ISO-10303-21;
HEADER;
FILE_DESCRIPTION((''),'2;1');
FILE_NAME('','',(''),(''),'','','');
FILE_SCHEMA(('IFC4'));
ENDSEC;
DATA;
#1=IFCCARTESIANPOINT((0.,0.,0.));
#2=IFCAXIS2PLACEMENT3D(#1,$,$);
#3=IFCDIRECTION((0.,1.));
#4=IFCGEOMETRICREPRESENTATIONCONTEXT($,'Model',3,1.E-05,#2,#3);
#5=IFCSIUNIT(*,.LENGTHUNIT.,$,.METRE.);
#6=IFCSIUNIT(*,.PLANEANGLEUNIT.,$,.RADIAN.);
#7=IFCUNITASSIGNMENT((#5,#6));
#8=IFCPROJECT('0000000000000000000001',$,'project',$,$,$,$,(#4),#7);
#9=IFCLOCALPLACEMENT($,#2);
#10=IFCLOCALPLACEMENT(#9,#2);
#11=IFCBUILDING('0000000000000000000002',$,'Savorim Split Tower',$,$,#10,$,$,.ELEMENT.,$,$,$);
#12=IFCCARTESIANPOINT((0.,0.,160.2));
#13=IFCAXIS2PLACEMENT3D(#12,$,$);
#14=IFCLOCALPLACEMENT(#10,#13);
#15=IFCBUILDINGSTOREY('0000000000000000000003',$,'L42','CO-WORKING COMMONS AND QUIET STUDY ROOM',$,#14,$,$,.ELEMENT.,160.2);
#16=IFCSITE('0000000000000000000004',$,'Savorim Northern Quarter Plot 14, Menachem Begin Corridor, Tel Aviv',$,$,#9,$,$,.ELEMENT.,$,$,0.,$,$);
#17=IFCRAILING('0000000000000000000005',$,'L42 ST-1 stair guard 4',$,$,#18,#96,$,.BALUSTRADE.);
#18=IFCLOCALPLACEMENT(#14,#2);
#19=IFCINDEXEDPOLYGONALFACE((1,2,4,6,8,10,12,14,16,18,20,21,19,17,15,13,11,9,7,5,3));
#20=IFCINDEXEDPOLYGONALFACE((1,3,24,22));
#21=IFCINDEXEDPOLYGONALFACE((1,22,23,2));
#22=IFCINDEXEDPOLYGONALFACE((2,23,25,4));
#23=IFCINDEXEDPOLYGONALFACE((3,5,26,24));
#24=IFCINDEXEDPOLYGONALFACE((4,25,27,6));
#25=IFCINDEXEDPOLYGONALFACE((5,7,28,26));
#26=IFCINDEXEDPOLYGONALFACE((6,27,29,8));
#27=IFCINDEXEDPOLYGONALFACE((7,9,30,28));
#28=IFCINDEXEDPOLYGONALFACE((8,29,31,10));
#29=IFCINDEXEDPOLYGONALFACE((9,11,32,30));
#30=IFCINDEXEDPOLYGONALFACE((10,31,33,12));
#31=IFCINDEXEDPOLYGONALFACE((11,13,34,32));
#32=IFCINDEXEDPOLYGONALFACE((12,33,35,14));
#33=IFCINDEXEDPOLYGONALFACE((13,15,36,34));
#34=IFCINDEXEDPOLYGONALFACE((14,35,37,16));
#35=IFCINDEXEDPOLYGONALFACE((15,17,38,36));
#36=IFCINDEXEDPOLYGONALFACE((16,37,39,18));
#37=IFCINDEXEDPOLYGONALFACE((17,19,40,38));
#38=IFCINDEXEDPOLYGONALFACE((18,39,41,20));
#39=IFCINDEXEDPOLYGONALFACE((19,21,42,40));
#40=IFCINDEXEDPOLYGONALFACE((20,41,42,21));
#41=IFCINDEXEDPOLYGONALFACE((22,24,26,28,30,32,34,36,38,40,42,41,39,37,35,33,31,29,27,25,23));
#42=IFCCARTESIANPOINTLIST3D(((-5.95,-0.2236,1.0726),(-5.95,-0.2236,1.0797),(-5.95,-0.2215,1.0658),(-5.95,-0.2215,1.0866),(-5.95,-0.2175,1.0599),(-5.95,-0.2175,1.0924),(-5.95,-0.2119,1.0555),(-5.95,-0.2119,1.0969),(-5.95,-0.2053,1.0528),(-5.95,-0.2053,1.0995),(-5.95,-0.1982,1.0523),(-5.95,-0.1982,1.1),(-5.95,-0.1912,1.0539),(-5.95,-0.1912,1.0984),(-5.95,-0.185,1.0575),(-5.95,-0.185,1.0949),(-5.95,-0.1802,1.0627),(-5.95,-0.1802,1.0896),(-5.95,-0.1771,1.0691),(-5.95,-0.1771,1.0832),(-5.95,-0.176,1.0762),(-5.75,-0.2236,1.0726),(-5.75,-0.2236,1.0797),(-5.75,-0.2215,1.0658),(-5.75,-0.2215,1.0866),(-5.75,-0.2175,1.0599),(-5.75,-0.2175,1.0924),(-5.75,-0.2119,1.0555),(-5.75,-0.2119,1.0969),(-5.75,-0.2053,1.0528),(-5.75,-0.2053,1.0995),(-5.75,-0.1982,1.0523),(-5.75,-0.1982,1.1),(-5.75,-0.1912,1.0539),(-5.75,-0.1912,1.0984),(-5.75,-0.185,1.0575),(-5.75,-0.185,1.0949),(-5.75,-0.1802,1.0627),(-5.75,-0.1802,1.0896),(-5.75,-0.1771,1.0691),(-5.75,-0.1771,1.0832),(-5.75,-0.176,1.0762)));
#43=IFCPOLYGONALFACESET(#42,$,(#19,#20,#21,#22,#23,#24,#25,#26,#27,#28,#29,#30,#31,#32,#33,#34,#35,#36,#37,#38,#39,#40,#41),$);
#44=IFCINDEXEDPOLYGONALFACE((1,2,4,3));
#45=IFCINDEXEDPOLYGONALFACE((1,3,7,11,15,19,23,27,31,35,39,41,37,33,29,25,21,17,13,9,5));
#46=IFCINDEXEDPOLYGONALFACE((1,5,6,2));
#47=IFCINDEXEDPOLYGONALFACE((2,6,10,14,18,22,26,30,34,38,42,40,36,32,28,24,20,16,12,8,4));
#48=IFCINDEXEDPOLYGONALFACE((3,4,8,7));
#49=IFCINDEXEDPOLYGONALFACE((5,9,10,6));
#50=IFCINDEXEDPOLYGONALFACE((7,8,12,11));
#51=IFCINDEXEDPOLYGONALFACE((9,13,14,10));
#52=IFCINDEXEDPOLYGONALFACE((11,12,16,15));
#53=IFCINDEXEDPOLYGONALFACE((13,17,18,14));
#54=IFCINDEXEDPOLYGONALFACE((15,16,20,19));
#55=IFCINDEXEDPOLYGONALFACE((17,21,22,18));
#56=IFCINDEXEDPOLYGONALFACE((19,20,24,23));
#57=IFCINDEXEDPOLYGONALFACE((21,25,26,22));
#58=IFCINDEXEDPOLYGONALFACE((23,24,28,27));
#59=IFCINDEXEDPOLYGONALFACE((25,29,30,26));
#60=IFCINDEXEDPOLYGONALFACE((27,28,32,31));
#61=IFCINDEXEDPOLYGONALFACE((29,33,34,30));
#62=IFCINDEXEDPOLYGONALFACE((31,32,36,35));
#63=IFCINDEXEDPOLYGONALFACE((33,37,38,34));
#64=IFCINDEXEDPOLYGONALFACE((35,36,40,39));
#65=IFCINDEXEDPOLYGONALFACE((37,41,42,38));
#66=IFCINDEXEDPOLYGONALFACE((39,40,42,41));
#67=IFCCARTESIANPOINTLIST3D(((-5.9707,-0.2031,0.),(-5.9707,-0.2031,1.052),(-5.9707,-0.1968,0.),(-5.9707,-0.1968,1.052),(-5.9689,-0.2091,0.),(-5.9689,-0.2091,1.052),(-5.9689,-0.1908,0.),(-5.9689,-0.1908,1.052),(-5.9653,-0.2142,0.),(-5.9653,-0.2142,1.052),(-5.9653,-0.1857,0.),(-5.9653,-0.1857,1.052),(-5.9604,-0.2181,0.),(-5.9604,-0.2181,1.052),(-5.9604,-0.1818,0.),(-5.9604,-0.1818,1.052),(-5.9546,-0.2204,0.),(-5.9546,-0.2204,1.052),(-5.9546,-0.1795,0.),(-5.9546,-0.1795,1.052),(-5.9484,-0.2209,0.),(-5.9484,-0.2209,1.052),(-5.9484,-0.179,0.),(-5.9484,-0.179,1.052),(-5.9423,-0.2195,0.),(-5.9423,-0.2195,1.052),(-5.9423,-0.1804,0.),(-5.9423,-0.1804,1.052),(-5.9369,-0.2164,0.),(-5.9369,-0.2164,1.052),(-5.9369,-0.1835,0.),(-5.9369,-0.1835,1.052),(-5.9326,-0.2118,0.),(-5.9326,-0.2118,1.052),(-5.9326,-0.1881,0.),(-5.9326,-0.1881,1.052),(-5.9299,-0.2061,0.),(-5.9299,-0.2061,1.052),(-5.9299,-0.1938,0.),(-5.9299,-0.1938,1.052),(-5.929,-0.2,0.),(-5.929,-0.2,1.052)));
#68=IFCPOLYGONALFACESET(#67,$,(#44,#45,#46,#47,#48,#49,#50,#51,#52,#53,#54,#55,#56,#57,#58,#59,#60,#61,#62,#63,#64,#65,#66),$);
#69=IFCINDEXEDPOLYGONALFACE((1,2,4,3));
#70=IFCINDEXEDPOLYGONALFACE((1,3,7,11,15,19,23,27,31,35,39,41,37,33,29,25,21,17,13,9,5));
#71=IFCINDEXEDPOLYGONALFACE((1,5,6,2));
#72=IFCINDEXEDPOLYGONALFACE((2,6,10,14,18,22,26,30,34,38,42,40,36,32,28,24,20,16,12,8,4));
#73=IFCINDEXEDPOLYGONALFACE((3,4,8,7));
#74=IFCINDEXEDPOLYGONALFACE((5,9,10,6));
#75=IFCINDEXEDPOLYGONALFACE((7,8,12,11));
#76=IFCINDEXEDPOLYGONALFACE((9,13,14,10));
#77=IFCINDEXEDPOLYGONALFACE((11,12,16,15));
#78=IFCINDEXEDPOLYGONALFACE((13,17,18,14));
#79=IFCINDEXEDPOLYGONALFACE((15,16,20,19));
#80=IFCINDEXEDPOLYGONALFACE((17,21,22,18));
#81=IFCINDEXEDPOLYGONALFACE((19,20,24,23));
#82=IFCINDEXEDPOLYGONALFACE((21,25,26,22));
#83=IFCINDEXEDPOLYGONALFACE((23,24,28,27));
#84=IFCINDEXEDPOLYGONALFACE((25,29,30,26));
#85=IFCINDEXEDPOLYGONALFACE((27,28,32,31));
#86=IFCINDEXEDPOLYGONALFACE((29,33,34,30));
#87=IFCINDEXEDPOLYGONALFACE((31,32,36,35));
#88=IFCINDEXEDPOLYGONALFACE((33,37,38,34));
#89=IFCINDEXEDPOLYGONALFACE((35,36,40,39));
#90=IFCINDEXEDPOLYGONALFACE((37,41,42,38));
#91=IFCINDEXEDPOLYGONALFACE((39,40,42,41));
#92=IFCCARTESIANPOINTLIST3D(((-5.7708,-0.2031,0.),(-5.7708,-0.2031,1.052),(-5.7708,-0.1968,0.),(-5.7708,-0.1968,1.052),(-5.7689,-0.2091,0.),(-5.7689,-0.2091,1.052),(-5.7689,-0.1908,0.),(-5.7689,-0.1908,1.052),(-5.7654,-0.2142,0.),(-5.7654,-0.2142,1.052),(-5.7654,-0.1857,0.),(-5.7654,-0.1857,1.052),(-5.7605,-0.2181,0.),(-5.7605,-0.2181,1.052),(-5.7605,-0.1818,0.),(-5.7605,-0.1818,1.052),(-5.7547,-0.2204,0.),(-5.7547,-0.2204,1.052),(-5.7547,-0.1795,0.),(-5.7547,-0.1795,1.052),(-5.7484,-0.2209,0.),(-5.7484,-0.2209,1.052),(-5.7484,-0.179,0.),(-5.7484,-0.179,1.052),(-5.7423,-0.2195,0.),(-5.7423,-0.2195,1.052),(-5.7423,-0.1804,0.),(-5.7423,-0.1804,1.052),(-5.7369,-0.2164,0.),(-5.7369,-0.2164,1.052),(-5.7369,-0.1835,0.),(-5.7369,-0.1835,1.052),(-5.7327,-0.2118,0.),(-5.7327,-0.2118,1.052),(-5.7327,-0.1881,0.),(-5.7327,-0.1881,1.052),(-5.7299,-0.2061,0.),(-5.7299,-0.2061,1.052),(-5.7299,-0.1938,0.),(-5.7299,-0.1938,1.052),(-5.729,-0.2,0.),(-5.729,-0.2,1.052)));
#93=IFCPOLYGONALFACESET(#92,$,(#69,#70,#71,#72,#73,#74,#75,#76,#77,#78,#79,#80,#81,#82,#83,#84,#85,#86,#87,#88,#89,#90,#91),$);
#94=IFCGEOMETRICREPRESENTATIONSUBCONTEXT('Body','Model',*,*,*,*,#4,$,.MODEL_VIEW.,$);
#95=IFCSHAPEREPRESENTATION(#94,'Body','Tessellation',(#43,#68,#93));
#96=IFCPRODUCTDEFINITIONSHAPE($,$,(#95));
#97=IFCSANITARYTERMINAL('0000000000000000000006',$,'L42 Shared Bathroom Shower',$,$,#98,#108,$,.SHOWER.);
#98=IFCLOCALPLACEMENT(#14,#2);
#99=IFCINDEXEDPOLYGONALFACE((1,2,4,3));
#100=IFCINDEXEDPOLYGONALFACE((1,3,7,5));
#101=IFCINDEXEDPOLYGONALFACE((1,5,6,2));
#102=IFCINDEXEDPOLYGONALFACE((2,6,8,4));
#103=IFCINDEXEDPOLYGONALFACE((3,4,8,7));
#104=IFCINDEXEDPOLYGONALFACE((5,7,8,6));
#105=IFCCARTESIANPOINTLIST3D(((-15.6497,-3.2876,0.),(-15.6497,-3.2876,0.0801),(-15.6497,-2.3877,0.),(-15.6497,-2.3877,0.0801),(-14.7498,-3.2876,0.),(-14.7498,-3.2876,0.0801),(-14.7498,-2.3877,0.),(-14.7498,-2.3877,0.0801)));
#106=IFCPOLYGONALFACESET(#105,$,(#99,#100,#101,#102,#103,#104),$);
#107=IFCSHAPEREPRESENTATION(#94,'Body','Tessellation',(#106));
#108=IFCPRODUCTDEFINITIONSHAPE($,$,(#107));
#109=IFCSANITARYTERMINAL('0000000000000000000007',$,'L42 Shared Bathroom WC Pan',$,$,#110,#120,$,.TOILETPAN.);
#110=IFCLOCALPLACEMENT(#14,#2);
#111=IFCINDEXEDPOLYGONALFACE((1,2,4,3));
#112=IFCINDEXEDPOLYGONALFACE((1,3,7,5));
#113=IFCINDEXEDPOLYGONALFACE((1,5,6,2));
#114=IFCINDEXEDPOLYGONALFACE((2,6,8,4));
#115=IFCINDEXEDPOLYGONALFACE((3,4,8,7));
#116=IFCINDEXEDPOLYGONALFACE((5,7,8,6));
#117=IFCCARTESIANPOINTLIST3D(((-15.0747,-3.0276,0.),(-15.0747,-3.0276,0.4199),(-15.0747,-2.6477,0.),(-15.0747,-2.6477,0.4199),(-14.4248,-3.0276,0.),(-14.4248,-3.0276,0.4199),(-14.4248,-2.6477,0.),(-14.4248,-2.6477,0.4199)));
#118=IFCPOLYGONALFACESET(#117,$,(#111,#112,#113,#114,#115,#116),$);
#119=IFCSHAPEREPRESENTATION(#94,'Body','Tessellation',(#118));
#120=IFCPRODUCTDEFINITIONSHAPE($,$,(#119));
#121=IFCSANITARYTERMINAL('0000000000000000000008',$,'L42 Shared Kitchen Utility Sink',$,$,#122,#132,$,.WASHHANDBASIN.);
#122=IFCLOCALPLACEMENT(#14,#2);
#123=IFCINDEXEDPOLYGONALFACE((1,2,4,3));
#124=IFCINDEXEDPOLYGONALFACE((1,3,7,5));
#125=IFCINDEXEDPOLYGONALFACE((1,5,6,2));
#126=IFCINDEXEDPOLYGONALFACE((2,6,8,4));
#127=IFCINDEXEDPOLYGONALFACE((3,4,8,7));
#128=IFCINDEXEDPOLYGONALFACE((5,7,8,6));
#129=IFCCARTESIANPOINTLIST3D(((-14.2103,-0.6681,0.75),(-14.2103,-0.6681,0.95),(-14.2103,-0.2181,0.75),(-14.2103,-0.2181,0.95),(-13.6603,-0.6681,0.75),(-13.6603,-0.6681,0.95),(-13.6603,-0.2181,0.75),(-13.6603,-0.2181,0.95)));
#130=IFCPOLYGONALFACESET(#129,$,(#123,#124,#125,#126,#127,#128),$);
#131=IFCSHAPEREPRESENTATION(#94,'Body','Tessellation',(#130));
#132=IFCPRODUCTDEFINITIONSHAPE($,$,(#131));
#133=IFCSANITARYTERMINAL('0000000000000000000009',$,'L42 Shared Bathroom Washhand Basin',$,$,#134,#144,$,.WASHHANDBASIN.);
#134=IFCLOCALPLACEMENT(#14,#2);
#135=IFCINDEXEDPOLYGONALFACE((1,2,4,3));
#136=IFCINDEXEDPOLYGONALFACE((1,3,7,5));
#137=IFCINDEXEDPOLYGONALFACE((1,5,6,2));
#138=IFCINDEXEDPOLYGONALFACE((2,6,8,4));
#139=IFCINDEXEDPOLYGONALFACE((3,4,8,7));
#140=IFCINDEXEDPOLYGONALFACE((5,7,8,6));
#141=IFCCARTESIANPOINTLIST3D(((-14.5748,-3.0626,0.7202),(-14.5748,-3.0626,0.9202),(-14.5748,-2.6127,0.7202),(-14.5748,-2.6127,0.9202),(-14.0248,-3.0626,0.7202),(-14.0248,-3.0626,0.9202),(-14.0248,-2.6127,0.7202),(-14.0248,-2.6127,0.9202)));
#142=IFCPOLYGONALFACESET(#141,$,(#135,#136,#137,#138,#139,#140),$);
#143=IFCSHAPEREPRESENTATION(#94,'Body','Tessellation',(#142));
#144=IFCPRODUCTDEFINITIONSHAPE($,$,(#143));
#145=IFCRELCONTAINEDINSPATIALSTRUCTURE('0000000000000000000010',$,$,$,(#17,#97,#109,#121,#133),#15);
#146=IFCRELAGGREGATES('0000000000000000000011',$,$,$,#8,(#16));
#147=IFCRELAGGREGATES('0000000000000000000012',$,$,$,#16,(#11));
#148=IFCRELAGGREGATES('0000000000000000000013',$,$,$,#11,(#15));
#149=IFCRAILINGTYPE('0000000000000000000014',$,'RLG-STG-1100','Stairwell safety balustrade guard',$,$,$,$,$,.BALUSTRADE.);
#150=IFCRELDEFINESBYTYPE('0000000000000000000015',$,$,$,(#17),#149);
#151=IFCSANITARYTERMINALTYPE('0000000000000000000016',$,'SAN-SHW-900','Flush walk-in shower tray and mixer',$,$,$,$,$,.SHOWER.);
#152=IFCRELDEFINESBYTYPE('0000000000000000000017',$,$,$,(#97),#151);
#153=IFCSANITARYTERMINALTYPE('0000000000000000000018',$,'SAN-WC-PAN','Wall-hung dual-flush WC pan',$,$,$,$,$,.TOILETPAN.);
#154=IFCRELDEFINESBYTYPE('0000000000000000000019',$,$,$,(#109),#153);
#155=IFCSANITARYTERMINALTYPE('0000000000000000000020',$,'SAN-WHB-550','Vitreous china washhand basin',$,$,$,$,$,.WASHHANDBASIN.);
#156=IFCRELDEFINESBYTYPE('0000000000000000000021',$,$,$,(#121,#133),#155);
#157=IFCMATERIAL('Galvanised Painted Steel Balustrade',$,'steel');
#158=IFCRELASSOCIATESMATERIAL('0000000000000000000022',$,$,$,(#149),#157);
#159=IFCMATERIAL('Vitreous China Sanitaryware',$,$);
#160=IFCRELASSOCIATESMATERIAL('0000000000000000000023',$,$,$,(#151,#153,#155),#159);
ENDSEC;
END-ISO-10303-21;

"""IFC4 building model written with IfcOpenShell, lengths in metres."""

from ifc_helpers import new_model, si_unit, direction, frame, origin, origin_2d, place, context, subcontext, project, spatial, rectangle, circle, extrude, material, type_object, element, save


model = new_model("IFC4")

# Units and contexts
model_context = context("Model", 3, precision=1e-05, world=origin(), true_north=direction((0.0, 1.0)))
body_context = subcontext(model_context, "Body", "Model", "MODEL_VIEW")
ifc_project = project(units=[si_unit("LENGTHUNIT", "METRE"), si_unit("PLANEANGLEUNIT", "RADIAN")], contexts=[model_context])

# Site, building, storey
site_placement = place(None, origin())
site = spatial("IfcSite", under=ifc_project, at=site_placement, Name="Savorim Northern Quarter Plot 14, Menachem Begin Corridor, Tel Aviv", CompositionType="ELEMENT", RefElevation=0.0)
building_placement = place(site_placement, origin())
building = spatial("IfcBuilding", under=site, at=building_placement, Name="Savorim Split Tower", CompositionType="ELEMENT")
storey_placement = place(building_placement, frame((0.0, 0.0, 160.2)))
storey = spatial("IfcBuildingStorey", under=building, at=storey_placement, Name="L42", Description="CO-WORKING COMMONS AND QUIET STUDY ROOM", CompositionType="ELEMENT", Elevation=160.2)

# Railing
ifc_material_1 = material(Name="Galvanised Painted Steel Balustrade", Category="steel")
railing_type_1 = type_object("IfcRailingType", Name="RLG-STG-1100", Description="Stairwell safety balustrade guard", PredefinedType="BALUSTRADE", material=ifc_material_1)
railing_1_placement = place(storey_placement, frame((-5.95, -0.2, 0.0)))
element("IfcRailing", 1, at=railing_1_placement, inside=storey, type_object=railing_type_1, Name="L42 ST-1 stair guard 4", PredefinedType="BALUSTRADE", context=body_context, shape_type="SweptSolid", body=[
    extrude(circle(Radius=0.0239, at=origin_2d()), frame((0.0, 0.0, 1.0762), z_axis=(1.0, 0.0, 0.0), x_axis=(0.0, 1.0, 0.0)), (0.0, 0.0, 1.0), 0.2),
    extrude(circle(Radius=0.021, at=origin_2d()), origin(), (0.0, 0.0, 1.0), 1.052),
    extrude(circle(Radius=0.021, at=origin_2d()), frame((0.2, 0.0, 0.0)), (0.0, 0.0, 1.0), 1.052),
])

# Sanitary terminals
ifc_material_2 = material(Name="Vitreous China Sanitaryware")
sanitary_terminal_type_1 = type_object("IfcSanitaryTerminalType", Name="SAN-SHW-900", Description="Flush walk-in shower tray and mixer", PredefinedType="SHOWER", material=ifc_material_2)
sanitary_terminal_1_placement = place(storey_placement, frame((-15.1997, -2.8376, 0.0), z_axis=(0.0, 0.0, 1.0), x_axis=(1.0, 0.0, 0.0)))
element("IfcSanitaryTerminal", 2, at=sanitary_terminal_1_placement, inside=storey, type_object=sanitary_terminal_type_1, Name="L42 Shared Bathroom Shower", PredefinedType="SHOWER", context=body_context, shape_type="SweptSolid", body=[
    extrude(rectangle(XDim=0.8999, YDim=0.8999, at=origin_2d()), origin(), (0.0, 0.0, 1.0), 0.0801),
])
sanitary_terminal_type_2 = type_object("IfcSanitaryTerminalType", Name="SAN-WC-PAN", Description="Wall-hung dual-flush WC pan", PredefinedType="TOILETPAN", material=ifc_material_2)
sanitary_terminal_2_placement = place(storey_placement, frame((-14.7498, -2.8376, 0.0), z_axis=(0.0, 0.0, 1.0), x_axis=(1.0, 0.0, 0.0)))
element("IfcSanitaryTerminal", 3, at=sanitary_terminal_2_placement, inside=storey, type_object=sanitary_terminal_type_2, Name="L42 Shared Bathroom WC Pan", PredefinedType="TOILETPAN", context=body_context, shape_type="SweptSolid", body=[
    extrude(rectangle(XDim=0.6499, YDim=0.3799, at=origin_2d()), origin(), (0.0, 0.0, 1.0), 0.4199),
])
sanitary_terminal_type_3 = type_object("IfcSanitaryTerminalType", Name="SAN-WHB-550", Description="Vitreous china washhand basin", PredefinedType="WASHHANDBASIN", material=ifc_material_2)
for number, where, z_axis, x_axis, name in (
    (4, (-13.9353, -0.4431, 0.75), (0.0, 0.0, 1.0), (1.0, 0.0, 0.0), "L42 Shared Kitchen Utility Sink"),
    (5, (-14.2998, -2.8376, 0.7202), (0.0, 0.0, 1.0), (1.0, 0.0, 0.0), "L42 Shared Bathroom Washhand Basin"),
):
    element("IfcSanitaryTerminal", number, at=place(storey_placement, frame(where, z_axis=z_axis, x_axis=x_axis)), inside=storey, type_object=sanitary_terminal_type_3, Name=name, PredefinedType="WASHHANDBASIN", context=body_context, shape_type="SweptSolid", body=[
        extrude(rectangle(XDim=0.55, YDim=0.45, at=origin_2d()), origin(), (0.0, 0.0, 1.0), 0.2),
    ])

save(model, "model.ifc")
